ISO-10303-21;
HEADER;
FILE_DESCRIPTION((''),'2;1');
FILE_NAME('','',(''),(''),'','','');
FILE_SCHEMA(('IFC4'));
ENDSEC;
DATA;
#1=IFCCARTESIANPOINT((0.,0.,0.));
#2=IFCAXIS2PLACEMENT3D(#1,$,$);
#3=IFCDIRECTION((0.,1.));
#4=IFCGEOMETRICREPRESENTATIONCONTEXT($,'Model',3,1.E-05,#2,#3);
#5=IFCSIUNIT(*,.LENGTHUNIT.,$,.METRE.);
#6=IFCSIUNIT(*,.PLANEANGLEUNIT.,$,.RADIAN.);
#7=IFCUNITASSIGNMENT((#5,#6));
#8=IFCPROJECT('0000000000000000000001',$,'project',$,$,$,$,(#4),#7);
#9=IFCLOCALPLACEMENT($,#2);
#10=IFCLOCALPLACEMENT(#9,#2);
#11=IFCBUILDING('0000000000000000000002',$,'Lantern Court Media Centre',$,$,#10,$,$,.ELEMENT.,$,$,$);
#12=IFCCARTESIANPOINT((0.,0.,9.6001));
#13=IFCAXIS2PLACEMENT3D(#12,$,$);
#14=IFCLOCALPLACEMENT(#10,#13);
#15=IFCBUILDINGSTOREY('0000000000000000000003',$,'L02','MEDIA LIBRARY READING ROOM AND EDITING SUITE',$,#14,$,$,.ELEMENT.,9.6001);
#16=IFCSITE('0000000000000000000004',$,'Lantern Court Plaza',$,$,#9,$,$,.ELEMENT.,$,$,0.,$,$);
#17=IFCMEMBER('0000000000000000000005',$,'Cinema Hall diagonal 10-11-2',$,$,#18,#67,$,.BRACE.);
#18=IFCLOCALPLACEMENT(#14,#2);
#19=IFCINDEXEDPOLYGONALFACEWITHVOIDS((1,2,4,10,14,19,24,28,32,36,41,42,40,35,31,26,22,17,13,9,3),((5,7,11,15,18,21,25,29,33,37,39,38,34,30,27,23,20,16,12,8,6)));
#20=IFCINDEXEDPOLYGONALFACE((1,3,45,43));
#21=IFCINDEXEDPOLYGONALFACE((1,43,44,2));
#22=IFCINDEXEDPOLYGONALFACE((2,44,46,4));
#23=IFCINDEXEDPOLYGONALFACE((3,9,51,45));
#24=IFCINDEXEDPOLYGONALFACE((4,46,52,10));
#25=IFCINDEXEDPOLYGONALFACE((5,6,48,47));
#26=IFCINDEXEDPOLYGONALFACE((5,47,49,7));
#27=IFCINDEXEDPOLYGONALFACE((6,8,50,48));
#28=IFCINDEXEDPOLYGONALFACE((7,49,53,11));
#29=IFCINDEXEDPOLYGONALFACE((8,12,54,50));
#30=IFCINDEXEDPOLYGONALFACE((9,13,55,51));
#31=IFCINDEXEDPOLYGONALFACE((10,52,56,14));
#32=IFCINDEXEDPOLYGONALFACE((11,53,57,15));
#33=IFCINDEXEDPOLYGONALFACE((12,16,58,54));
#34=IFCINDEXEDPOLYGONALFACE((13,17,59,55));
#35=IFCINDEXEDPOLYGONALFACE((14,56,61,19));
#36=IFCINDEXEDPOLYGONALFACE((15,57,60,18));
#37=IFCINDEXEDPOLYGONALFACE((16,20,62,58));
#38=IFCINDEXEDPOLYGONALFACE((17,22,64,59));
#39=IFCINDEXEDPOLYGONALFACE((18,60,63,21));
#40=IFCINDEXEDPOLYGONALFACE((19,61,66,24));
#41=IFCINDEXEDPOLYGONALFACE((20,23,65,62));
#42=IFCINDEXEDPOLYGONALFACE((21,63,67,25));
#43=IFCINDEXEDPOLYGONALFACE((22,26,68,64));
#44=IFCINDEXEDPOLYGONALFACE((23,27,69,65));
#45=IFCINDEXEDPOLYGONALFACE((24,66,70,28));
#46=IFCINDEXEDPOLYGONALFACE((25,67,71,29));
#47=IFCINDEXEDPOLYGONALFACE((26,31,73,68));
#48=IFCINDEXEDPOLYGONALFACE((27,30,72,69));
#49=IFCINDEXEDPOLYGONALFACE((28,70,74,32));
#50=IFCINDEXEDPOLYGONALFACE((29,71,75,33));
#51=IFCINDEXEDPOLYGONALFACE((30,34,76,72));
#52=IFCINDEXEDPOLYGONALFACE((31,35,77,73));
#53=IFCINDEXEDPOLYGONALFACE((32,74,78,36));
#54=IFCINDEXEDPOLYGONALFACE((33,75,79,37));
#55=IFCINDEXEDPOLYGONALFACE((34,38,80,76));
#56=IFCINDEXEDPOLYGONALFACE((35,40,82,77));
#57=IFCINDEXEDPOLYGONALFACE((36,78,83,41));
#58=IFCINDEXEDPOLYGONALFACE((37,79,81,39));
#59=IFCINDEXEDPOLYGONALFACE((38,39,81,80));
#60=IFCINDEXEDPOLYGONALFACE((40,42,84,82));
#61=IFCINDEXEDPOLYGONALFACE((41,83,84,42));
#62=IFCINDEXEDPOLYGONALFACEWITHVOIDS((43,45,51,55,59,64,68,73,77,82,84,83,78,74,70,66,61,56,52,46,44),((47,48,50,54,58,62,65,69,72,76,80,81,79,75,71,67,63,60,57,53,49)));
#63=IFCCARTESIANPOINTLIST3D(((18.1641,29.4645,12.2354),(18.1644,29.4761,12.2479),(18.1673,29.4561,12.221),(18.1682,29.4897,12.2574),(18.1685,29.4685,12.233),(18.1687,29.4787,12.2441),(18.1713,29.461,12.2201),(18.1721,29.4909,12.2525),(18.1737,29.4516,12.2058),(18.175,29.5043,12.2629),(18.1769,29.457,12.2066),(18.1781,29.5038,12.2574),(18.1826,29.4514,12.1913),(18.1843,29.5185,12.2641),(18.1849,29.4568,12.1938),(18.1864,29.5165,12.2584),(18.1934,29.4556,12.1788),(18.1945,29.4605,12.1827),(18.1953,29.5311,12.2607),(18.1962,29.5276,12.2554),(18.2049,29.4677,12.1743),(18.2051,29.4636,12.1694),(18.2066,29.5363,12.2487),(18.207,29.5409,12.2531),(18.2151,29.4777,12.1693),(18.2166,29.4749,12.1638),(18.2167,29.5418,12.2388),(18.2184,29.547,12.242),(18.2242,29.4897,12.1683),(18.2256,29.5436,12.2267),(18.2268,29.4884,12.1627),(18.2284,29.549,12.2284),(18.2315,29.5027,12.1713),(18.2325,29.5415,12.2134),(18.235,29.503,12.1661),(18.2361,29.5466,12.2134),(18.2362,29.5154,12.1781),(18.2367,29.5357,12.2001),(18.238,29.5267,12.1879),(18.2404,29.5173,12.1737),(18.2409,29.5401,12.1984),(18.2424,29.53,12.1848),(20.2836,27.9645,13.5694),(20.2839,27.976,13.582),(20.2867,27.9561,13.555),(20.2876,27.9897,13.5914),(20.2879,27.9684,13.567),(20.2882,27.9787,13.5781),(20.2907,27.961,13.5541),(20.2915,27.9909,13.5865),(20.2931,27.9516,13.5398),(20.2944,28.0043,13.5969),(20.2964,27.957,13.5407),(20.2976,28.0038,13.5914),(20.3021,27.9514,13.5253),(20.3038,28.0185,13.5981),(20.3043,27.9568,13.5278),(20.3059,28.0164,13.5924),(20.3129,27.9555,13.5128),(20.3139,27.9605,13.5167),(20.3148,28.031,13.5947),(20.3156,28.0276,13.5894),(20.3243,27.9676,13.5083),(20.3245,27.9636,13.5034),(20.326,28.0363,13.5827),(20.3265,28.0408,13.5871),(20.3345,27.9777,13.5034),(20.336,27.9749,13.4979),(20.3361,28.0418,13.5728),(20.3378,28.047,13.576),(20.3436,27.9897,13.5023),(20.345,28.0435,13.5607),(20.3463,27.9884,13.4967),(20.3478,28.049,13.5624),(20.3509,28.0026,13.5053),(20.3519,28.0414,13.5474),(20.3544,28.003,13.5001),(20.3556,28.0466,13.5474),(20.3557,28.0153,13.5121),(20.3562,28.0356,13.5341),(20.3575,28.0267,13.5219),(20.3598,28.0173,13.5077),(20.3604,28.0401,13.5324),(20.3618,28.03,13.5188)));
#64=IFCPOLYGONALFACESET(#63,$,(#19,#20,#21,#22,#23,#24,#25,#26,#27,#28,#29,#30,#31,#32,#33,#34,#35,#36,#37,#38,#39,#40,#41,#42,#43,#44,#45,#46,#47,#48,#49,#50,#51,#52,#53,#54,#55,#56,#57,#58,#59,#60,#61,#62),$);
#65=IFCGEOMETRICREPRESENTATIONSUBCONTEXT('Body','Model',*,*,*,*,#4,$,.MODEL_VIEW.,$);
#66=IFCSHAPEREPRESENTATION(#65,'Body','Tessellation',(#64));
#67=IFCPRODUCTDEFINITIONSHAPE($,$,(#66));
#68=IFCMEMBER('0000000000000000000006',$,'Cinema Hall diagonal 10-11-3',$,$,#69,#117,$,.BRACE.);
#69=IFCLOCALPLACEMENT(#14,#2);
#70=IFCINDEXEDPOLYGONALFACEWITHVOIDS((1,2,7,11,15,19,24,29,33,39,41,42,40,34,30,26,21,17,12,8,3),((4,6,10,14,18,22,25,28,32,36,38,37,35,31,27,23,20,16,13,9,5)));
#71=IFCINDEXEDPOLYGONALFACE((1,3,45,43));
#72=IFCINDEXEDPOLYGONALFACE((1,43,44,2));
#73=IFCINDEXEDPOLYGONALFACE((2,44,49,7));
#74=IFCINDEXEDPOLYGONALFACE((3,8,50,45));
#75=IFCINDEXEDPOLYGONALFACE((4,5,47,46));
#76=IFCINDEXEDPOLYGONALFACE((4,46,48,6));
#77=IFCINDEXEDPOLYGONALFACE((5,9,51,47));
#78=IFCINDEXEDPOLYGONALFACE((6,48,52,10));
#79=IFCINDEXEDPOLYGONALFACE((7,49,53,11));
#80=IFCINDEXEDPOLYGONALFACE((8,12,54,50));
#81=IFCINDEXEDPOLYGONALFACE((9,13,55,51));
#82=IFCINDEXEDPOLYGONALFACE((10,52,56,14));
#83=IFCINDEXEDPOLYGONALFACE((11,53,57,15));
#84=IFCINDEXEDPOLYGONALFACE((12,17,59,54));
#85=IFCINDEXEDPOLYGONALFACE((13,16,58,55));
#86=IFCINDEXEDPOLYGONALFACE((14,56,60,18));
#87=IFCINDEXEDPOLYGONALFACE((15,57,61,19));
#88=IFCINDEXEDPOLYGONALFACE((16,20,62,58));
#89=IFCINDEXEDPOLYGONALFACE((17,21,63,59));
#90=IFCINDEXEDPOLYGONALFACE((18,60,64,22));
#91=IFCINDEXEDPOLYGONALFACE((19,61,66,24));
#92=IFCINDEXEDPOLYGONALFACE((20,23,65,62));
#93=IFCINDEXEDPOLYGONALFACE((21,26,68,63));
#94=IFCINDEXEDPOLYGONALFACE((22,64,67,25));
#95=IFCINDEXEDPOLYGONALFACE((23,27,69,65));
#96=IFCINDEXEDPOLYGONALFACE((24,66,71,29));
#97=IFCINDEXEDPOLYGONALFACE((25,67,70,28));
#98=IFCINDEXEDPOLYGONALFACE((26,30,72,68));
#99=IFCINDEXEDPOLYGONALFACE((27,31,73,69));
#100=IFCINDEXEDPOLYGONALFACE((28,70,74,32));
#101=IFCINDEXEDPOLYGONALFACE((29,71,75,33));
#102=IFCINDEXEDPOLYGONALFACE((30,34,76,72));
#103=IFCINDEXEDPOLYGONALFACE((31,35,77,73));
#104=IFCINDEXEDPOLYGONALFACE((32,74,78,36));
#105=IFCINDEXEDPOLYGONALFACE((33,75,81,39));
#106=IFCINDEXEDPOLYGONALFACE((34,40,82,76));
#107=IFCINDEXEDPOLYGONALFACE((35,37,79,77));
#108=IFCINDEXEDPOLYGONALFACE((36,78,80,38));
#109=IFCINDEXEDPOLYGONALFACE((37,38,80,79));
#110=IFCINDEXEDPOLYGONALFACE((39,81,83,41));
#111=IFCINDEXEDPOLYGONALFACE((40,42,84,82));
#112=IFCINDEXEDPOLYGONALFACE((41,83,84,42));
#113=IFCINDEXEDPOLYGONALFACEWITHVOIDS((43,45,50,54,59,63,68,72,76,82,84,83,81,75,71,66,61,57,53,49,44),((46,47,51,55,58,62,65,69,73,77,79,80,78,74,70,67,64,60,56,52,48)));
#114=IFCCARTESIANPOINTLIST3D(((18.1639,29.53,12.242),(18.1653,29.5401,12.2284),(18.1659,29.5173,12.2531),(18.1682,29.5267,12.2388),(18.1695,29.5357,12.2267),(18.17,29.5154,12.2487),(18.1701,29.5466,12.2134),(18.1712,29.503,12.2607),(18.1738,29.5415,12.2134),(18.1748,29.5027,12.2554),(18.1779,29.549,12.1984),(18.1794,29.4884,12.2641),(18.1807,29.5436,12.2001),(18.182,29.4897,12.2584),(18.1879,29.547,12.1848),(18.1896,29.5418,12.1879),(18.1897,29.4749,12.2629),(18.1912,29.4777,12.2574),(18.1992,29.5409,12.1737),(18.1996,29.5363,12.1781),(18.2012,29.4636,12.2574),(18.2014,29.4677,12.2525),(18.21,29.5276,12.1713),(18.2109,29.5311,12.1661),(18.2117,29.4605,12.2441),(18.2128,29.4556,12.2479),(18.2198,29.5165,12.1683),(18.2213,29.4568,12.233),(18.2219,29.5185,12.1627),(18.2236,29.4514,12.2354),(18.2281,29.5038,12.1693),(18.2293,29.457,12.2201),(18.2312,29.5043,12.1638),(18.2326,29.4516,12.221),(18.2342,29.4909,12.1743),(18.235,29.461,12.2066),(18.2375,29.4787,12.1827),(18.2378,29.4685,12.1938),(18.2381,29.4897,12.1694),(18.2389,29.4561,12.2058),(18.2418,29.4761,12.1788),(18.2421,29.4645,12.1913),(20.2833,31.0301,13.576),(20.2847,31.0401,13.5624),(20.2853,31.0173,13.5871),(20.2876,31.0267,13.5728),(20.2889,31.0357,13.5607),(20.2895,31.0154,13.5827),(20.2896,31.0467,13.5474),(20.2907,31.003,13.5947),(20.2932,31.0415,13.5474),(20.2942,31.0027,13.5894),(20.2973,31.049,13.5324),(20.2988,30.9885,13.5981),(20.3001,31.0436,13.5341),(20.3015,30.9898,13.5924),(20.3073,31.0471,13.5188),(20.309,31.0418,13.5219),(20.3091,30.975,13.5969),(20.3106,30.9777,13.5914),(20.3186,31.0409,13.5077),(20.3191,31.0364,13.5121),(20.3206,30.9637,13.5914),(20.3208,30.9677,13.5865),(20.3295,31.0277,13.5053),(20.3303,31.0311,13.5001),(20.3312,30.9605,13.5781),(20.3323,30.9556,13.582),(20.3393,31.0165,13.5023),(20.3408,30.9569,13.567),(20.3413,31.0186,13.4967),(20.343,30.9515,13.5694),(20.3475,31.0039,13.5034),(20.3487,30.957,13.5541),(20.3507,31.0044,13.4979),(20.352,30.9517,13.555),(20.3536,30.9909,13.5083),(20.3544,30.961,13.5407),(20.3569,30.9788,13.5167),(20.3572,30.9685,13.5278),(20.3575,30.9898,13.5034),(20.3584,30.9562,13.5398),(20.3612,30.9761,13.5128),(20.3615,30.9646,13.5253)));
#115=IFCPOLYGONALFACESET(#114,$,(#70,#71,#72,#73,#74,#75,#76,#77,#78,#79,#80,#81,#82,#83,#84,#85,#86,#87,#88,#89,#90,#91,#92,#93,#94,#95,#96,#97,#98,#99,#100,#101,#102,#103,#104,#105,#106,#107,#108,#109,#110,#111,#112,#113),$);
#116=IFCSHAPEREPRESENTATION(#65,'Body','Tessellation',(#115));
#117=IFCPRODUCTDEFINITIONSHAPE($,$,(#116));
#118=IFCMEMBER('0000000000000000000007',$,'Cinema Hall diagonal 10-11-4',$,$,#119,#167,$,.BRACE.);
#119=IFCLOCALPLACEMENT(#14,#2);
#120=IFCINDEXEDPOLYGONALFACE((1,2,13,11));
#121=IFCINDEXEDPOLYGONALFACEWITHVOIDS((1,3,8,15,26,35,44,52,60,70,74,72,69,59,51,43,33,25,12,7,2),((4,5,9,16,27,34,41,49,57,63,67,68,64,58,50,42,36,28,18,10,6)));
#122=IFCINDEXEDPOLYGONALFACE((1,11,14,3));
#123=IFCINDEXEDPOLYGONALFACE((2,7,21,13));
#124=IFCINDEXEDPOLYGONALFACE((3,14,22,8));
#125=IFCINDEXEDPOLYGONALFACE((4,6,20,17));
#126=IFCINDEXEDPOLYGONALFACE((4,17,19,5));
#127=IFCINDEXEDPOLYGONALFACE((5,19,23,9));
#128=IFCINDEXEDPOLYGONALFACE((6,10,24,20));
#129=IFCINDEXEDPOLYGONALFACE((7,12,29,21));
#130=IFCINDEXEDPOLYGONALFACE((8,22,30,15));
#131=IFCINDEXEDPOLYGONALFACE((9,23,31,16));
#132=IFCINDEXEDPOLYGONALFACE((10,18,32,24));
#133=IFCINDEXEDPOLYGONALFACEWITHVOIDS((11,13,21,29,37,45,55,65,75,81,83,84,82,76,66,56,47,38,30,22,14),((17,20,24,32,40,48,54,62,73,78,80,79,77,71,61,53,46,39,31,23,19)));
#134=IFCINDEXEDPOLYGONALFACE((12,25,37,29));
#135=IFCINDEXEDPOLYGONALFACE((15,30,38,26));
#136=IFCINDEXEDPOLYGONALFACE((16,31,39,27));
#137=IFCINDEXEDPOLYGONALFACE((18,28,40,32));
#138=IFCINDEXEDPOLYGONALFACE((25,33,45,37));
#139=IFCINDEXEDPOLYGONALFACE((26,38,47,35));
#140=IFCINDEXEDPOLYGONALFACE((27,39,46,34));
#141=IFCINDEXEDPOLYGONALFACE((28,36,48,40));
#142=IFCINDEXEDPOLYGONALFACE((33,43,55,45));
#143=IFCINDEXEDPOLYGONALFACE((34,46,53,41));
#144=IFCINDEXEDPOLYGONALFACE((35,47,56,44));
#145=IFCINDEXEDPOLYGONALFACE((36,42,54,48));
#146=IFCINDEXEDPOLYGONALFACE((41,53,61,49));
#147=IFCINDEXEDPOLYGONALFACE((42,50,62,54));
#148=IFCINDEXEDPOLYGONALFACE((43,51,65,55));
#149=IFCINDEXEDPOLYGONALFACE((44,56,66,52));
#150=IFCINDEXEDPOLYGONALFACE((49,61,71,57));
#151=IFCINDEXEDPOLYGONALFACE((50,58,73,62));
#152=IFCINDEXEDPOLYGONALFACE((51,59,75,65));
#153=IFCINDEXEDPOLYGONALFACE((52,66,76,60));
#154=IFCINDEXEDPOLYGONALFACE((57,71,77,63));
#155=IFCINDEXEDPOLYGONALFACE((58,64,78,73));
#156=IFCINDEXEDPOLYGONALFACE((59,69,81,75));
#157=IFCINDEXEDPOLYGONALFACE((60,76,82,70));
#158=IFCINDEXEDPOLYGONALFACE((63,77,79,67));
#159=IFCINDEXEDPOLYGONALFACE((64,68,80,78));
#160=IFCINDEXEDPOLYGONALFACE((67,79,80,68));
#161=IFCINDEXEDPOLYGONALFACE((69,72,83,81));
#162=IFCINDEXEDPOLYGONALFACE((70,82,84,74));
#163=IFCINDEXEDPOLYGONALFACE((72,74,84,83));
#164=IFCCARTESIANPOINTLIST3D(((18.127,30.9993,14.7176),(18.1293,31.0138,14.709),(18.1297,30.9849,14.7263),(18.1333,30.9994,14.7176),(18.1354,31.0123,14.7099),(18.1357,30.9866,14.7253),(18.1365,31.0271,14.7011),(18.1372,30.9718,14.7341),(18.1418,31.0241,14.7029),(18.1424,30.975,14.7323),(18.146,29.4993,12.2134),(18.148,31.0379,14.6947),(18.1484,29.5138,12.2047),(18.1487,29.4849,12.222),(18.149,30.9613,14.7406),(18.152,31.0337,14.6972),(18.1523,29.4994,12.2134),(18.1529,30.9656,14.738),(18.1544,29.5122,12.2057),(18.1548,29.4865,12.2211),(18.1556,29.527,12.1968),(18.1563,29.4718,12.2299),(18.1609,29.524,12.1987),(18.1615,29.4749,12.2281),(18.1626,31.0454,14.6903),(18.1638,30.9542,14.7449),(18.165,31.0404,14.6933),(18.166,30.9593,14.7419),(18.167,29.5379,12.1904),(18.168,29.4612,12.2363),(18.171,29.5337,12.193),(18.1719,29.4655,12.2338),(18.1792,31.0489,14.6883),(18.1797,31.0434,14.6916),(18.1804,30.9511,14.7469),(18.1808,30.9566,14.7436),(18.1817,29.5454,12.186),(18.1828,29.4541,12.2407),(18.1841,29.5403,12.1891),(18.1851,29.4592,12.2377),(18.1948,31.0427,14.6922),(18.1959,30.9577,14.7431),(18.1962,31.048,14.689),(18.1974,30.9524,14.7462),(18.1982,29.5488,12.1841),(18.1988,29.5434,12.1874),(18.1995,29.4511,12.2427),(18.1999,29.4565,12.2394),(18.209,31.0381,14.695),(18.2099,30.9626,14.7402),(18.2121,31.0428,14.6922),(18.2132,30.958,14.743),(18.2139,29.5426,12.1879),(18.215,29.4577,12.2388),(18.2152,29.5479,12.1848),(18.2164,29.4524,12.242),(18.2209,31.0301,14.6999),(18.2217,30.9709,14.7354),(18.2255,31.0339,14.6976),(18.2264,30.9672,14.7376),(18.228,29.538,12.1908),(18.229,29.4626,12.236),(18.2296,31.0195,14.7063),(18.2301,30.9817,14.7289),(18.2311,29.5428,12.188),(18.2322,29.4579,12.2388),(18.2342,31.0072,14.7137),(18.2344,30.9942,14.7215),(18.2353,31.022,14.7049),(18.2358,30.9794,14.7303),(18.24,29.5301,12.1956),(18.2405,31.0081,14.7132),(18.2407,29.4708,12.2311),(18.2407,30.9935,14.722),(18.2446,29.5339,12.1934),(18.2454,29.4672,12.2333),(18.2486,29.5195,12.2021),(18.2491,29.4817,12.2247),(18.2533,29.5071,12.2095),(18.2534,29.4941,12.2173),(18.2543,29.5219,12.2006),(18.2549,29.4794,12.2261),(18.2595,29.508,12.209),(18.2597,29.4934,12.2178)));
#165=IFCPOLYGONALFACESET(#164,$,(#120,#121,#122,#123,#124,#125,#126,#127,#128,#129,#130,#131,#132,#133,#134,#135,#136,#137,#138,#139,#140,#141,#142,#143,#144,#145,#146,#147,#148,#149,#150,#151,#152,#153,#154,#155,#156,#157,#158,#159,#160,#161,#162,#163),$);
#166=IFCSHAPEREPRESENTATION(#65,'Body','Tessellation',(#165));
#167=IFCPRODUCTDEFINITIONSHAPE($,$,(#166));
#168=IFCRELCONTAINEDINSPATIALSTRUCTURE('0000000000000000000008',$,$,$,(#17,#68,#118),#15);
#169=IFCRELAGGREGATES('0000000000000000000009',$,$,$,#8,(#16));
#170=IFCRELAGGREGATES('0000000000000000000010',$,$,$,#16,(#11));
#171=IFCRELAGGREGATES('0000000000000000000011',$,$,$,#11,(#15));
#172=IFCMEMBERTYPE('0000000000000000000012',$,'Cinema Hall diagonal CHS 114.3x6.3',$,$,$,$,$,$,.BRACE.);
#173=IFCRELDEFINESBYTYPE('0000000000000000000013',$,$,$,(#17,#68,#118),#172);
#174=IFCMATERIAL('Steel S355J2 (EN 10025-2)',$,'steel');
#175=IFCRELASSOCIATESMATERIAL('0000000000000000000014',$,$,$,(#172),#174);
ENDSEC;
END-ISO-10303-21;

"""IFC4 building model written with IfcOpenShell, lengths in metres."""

from ifc_helpers import new_model, si_unit, direction, frame, origin, origin_2d, place, context, subcontext, project, spatial, hollow_circle, extrude, material, material_profile, profile_set, type_object, element, save


model = new_model("IFC4")

# Units and contexts
model_context = context("Model", 3, precision=1e-05, world=origin(), true_north=direction((0.0, 1.0)))
body_context = subcontext(model_context, "Body", "Model", "MODEL_VIEW")
ifc_project = project(units=[si_unit("LENGTHUNIT", "METRE"), si_unit("PLANEANGLEUNIT", "RADIAN")], contexts=[model_context])

# Site, building, storey
site_placement = place(None, origin())
site = spatial("IfcSite", under=ifc_project, at=site_placement, Name="Lantern Court Plaza", CompositionType="ELEMENT", RefElevation=0.0)
building_placement = place(site_placement, origin())
building = spatial("IfcBuilding", under=site, at=building_placement, Name="Lantern Court Media Centre", CompositionType="ELEMENT")
storey_placement = place(building_placement, frame((0.0, 0.0, 9.6001)))
storey = spatial("IfcBuildingStorey", under=building, at=storey_placement, Name="L02", Description="MEDIA LIBRARY READING ROOM AND EDITING SUITE", CompositionType="ELEMENT", Elevation=9.6001)

# Members
ifc_material = material(Name="Steel S355J2 (EN 10025-2)", Category="steel")
ifc_material_profile_1 = material_profile(ifc_material, hollow_circle(Radius=0.0571, WallThickness=0.0063, at=origin_2d()), Name="Cinema Hall diagonal CHS 114.3x6.3")
ifc_profile_set_1 = profile_set([ifc_material_profile_1], Name="Steel S355J2 (EN 10025-2)")
member_type_1 = type_object("IfcMemberType", Name="Cinema Hall diagonal CHS 114.3x6.3", PredefinedType="BRACE", material=ifc_profile_set_1)
for number, where, z_axis, x_axis, name in (
    (1, (18.2031, 29.5, 12.2134), (0.726034, -0.513852, 0.45698), (0.577702, 0.816248, 0.0), "Cinema Hall diagonal 10-11-2"),
    (2, (18.2031, 29.5, 12.2134), (0.726034, 0.513852, 0.45698), (-0.577702, 0.816248, 0.0), "Cinema Hall diagonal 10-11-3"),
    (3, (18.2031, 29.5, 12.2134), (-0.006524, 0.513857, 0.857851), (-0.999919, -0.012694, 0.0), "Cinema Hall diagonal 10-11-4"),
):
    element("IfcMember", number, at=place(storey_placement, frame(where, z_axis=z_axis, x_axis=x_axis)), inside=storey, type_object=member_type_1, Name=name, PredefinedType="BRACE", context=body_context, shape_type="SweptSolid", body=[
        extrude(hollow_circle(Radius=0.0571, WallThickness=0.0063, at=origin_2d()), origin(), (0.0, 0.0, 1.0), 2.9192),
    ])

save(model, "model.ifc")
